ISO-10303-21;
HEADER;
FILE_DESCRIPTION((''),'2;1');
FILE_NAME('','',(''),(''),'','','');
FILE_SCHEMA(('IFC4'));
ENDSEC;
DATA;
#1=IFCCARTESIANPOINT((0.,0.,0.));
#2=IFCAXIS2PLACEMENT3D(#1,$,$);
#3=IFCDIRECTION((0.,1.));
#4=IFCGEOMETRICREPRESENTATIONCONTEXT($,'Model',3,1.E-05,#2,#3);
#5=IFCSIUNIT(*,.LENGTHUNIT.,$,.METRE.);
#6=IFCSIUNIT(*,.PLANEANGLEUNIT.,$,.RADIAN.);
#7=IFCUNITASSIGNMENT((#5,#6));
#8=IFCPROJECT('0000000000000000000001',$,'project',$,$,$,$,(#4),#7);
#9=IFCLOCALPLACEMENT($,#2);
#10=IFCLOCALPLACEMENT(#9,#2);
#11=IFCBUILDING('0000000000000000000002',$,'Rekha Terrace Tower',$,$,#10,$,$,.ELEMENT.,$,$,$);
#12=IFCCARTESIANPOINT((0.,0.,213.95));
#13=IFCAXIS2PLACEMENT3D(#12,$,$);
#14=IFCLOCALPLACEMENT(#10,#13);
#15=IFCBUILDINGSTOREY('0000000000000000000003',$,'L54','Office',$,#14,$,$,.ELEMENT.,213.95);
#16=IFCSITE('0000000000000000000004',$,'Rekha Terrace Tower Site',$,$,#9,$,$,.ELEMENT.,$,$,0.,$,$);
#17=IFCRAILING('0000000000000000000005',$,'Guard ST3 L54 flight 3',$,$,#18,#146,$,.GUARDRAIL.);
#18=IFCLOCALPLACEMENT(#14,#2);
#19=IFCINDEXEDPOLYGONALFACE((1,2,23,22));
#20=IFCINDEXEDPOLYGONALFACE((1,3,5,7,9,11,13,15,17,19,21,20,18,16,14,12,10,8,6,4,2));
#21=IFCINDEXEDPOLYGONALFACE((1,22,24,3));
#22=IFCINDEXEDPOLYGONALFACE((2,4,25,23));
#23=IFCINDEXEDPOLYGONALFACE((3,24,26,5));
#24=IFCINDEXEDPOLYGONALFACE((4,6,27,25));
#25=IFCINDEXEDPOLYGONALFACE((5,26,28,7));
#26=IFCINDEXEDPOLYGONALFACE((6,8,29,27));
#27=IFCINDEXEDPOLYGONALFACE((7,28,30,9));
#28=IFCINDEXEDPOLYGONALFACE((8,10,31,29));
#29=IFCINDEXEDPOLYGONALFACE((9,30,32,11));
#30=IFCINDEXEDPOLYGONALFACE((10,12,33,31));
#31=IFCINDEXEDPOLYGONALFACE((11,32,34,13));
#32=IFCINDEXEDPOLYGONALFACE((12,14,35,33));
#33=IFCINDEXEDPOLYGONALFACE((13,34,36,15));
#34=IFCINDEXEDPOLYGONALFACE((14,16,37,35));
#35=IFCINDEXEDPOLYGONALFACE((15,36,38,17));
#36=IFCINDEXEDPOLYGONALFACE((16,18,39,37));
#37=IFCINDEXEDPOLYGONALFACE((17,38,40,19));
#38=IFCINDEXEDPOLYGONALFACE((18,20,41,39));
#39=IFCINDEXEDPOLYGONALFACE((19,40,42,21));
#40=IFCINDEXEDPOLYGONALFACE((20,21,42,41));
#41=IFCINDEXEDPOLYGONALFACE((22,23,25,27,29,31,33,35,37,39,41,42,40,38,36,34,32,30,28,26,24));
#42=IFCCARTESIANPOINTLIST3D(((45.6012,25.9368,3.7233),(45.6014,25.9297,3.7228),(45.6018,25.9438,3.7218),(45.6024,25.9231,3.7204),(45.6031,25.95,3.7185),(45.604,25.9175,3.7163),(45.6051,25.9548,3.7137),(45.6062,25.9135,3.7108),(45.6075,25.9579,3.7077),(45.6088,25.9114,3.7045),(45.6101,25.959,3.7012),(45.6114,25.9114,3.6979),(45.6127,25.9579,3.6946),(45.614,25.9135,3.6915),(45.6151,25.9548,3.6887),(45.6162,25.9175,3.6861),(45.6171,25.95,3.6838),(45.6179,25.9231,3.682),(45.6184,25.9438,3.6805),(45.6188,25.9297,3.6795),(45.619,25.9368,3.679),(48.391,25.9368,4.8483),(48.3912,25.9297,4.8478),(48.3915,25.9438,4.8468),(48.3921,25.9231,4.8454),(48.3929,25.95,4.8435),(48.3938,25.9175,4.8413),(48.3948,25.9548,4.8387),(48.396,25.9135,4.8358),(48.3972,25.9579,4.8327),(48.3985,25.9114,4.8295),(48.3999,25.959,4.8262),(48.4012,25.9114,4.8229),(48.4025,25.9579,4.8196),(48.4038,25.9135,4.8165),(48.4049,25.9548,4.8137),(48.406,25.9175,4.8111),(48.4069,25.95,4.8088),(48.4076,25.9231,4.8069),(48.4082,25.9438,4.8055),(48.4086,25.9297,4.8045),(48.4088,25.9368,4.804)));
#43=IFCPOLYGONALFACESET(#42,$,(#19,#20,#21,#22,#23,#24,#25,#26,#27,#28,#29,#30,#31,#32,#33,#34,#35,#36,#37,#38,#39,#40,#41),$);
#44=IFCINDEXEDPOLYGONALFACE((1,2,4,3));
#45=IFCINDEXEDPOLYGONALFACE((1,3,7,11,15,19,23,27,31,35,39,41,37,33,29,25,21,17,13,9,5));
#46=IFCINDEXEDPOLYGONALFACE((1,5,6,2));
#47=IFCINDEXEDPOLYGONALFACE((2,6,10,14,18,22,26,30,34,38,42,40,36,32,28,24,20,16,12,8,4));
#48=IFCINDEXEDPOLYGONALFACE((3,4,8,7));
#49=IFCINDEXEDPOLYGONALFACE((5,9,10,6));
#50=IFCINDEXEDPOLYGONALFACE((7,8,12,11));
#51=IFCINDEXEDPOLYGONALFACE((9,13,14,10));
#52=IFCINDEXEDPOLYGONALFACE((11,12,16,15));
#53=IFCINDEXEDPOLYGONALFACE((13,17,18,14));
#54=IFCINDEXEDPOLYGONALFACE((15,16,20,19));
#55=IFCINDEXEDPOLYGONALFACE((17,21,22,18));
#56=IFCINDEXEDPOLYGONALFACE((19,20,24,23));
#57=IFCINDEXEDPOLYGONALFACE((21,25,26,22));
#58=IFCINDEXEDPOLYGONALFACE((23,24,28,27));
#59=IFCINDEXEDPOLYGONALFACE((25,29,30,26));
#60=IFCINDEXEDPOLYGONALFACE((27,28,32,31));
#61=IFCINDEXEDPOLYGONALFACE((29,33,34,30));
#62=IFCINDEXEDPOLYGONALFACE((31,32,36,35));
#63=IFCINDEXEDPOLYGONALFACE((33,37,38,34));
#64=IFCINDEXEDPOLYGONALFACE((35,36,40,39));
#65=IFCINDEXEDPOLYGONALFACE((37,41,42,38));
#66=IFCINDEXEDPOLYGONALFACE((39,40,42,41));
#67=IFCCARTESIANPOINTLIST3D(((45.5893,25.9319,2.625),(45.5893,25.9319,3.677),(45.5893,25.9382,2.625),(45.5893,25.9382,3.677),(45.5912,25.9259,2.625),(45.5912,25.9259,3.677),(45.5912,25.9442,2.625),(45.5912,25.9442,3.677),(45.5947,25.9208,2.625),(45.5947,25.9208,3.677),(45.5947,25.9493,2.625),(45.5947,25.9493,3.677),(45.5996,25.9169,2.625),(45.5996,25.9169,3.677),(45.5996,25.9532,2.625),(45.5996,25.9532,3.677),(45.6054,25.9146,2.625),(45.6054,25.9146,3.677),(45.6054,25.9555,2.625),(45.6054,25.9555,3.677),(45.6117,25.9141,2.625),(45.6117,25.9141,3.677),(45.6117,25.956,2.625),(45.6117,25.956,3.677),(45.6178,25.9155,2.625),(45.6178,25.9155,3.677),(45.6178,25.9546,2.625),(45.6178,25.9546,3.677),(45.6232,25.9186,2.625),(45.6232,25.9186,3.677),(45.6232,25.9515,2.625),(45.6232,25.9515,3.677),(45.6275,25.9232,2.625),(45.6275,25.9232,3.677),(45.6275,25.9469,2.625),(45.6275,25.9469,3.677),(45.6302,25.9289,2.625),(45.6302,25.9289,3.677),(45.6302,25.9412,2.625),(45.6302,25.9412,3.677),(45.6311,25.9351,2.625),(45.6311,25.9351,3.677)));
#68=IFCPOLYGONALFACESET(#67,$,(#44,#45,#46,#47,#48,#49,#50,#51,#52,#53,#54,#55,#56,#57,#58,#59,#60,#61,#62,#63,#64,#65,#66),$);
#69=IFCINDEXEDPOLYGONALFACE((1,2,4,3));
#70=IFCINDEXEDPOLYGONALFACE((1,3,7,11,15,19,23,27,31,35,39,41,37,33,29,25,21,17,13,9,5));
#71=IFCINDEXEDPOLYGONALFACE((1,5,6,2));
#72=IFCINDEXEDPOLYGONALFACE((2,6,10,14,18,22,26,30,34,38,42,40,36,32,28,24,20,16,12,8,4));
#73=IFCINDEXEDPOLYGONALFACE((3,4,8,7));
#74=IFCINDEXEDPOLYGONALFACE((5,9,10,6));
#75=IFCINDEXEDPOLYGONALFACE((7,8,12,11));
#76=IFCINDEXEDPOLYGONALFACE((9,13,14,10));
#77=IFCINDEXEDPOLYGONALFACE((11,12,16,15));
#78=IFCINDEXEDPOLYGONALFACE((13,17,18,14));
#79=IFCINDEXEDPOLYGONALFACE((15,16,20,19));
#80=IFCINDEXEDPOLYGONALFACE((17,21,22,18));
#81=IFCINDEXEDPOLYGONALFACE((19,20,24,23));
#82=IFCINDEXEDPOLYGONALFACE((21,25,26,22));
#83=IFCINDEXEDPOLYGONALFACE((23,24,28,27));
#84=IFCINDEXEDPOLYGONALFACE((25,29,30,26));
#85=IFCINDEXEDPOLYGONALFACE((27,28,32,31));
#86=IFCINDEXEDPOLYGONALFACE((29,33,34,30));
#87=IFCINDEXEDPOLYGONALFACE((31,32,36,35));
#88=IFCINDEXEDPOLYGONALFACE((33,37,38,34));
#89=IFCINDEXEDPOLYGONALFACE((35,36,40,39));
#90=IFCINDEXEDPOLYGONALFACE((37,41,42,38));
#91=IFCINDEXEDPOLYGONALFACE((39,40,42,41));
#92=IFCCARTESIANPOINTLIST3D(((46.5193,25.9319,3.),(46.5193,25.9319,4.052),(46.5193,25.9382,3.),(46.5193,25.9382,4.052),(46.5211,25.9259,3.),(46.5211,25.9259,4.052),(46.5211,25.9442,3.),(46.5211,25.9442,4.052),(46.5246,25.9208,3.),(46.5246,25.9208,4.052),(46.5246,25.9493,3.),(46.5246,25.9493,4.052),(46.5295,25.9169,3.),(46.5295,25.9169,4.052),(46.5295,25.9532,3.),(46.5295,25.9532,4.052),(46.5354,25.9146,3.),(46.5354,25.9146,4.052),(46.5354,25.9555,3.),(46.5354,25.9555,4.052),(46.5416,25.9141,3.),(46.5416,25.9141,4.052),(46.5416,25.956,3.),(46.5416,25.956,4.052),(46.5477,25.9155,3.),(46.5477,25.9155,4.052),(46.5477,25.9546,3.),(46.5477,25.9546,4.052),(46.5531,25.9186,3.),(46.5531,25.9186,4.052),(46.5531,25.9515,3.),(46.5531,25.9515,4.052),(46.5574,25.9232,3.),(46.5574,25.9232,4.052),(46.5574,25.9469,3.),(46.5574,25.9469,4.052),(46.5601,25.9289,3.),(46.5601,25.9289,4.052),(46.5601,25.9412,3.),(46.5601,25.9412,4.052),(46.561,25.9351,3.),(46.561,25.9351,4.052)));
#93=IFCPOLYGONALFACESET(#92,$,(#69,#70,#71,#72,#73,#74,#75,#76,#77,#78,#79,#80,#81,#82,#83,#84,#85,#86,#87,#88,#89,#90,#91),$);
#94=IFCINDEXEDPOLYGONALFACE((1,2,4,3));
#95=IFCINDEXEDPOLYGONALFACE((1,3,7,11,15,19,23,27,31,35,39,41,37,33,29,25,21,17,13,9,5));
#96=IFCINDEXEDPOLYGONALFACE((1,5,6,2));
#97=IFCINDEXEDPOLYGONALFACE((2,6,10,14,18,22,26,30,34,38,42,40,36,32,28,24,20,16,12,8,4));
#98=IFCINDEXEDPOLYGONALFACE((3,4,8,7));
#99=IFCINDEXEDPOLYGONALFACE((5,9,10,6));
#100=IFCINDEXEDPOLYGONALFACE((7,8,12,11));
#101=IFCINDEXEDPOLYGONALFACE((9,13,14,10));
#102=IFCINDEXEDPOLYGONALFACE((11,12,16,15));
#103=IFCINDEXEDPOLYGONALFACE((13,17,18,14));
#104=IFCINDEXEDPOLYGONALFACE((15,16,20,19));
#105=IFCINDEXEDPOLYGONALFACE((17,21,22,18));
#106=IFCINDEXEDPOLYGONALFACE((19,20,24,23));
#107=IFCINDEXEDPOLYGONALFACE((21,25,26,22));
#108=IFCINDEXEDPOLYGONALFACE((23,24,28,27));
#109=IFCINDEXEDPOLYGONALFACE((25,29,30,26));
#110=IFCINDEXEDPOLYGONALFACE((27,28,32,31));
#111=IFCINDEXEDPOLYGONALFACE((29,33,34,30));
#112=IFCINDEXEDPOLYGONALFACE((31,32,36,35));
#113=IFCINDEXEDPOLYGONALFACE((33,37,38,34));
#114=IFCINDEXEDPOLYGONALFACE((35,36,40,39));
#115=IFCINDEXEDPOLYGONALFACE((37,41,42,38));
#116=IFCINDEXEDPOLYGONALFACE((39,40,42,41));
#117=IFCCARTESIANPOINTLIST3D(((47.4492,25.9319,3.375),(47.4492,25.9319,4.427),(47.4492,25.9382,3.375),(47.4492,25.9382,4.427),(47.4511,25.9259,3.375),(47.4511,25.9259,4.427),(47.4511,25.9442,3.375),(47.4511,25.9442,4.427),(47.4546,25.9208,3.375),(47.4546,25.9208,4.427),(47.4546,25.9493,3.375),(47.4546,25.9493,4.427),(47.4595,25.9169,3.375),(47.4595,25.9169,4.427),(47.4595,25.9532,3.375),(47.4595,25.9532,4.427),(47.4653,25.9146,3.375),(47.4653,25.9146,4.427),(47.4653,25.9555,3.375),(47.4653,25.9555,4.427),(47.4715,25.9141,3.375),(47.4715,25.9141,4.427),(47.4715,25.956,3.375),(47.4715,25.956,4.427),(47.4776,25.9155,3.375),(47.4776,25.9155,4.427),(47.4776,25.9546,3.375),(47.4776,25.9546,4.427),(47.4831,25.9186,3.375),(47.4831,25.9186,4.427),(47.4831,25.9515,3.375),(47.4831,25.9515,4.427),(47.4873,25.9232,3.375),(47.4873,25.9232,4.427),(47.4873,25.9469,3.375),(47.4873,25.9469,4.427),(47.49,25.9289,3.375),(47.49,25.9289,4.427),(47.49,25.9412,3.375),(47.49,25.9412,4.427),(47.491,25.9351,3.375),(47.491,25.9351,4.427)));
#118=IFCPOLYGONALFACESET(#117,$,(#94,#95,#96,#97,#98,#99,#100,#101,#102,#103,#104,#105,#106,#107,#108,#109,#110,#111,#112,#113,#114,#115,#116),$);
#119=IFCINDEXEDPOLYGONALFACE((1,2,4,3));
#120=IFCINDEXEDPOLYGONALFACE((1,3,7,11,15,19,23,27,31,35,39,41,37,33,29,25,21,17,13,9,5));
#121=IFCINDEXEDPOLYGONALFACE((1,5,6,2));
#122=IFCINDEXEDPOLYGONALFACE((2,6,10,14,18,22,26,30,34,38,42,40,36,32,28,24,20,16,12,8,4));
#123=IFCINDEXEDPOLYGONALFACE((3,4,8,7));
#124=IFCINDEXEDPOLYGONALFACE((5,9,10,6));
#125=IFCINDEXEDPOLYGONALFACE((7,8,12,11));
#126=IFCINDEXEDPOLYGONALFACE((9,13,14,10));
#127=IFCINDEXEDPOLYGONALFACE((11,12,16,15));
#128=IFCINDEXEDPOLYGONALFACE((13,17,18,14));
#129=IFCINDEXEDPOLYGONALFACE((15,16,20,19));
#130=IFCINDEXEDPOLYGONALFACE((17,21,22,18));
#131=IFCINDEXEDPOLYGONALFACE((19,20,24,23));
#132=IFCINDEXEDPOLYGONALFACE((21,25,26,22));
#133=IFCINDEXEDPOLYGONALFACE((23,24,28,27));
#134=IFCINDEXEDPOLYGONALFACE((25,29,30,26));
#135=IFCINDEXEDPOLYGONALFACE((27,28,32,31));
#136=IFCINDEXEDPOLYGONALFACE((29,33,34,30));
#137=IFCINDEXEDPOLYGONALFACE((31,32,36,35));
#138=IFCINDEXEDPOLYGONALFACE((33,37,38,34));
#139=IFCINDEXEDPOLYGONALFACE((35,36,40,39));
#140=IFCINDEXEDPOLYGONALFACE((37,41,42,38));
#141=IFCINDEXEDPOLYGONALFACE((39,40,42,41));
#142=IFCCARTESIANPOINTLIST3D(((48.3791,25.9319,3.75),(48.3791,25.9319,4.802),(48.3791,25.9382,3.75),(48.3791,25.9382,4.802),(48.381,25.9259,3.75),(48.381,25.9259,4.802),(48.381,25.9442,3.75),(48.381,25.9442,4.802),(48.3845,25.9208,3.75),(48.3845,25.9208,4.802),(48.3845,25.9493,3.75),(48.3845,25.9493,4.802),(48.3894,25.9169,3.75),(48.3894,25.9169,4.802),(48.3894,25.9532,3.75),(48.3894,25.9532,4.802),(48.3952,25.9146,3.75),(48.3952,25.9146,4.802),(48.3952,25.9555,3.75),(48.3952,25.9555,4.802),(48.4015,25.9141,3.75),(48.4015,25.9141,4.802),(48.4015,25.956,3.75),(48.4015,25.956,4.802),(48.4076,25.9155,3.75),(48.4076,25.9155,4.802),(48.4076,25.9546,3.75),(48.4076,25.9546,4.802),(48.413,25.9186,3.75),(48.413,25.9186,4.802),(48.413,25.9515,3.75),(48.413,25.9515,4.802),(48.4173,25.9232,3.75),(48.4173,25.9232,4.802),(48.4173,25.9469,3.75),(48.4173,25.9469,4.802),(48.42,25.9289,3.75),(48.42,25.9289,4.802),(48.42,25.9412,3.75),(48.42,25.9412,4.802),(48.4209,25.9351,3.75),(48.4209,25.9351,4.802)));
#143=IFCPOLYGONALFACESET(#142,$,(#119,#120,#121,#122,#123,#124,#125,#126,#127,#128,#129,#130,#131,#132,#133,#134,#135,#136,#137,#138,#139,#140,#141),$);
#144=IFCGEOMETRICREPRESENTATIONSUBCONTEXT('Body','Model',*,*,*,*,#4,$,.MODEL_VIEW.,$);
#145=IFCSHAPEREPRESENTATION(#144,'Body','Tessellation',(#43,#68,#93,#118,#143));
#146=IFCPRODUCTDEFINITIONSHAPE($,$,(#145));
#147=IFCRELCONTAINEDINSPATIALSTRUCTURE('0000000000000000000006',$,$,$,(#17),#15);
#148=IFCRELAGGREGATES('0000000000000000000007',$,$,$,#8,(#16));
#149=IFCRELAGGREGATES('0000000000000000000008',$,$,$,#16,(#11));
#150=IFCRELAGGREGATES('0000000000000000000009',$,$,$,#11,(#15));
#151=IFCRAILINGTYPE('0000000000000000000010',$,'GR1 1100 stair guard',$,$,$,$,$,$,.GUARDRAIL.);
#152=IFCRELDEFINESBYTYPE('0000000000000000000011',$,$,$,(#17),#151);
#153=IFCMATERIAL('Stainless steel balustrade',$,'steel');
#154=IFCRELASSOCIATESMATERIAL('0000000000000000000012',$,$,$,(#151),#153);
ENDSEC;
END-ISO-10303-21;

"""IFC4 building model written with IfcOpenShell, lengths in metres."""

from ifc_helpers import new_model, si_unit, direction, frame, origin, origin_2d, place, context, subcontext, project, spatial, circle, extrude, material, type_object, element, save


model = new_model("IFC4")

# Units and contexts
model_context = context("Model", 3, precision=1e-05, world=origin(), true_north=direction((0.0, 1.0)))
body_context = subcontext(model_context, "Body", "Model", "MODEL_VIEW")
ifc_project = project(units=[si_unit("LENGTHUNIT", "METRE"), si_unit("PLANEANGLEUNIT", "RADIAN")], contexts=[model_context])

# Site, building, storey
site_placement = place(None, origin())
site = spatial("IfcSite", under=ifc_project, at=site_placement, Name="Rekha Terrace Tower Site", CompositionType="ELEMENT", RefElevation=0.0)
building_placement = place(site_placement, origin())
building = spatial("IfcBuilding", under=site, at=building_placement, Name="Rekha Terrace Tower", CompositionType="ELEMENT")
storey_placement = place(building_placement, frame((0.0, 0.0, 213.95)))
storey = spatial("IfcBuildingStorey", under=building, at=storey_placement, Name="L54", Description="Office", CompositionType="ELEMENT", Elevation=213.95)

# Railing
ifc_material_1 = material(Name="Stainless steel balustrade", Category="steel")
railing_type_1 = type_object("IfcRailingType", Name="GR1 1100 stair guard", PredefinedType="GUARDRAIL", material=ifc_material_1)
railing_1_placement = place(storey_placement, frame((45.6101, 25.9351, 2.625)))
element("IfcRailing", 1, at=railing_1_placement, inside=storey, type_object=railing_type_1, Name="Guard ST3 L54 flight 3", PredefinedType="GUARDRAIL", context=body_context, shape_type="SweptSolid", body=[
    extrude(circle(Radius=0.0239, at=origin_2d()), frame((0.0, 0.0, 1.0762), z_axis=(0.927432, 0.0, 0.373992), x_axis=(0.0, 1.0, 0.0)), (0.0, 0.0, 1.0), 3.0081),
    extrude(circle(Radius=0.021, at=origin_2d()), origin(), (0.0, 0.0, 1.0), 1.052),
    extrude(circle(Radius=0.021, at=origin_2d()), frame((0.9299, 0.0, 0.375)), (0.0, 0.0, 1.0), 1.052),
    extrude(circle(Radius=0.021, at=origin_2d()), frame((1.8599, 0.0, 0.75)), (0.0, 0.0, 1.0), 1.052),
    extrude(circle(Radius=0.021, at=origin_2d()), frame((2.7898, 0.0, 1.125)), (0.0, 0.0, 1.0), 1.052),
])

save(model, "model.ifc")
